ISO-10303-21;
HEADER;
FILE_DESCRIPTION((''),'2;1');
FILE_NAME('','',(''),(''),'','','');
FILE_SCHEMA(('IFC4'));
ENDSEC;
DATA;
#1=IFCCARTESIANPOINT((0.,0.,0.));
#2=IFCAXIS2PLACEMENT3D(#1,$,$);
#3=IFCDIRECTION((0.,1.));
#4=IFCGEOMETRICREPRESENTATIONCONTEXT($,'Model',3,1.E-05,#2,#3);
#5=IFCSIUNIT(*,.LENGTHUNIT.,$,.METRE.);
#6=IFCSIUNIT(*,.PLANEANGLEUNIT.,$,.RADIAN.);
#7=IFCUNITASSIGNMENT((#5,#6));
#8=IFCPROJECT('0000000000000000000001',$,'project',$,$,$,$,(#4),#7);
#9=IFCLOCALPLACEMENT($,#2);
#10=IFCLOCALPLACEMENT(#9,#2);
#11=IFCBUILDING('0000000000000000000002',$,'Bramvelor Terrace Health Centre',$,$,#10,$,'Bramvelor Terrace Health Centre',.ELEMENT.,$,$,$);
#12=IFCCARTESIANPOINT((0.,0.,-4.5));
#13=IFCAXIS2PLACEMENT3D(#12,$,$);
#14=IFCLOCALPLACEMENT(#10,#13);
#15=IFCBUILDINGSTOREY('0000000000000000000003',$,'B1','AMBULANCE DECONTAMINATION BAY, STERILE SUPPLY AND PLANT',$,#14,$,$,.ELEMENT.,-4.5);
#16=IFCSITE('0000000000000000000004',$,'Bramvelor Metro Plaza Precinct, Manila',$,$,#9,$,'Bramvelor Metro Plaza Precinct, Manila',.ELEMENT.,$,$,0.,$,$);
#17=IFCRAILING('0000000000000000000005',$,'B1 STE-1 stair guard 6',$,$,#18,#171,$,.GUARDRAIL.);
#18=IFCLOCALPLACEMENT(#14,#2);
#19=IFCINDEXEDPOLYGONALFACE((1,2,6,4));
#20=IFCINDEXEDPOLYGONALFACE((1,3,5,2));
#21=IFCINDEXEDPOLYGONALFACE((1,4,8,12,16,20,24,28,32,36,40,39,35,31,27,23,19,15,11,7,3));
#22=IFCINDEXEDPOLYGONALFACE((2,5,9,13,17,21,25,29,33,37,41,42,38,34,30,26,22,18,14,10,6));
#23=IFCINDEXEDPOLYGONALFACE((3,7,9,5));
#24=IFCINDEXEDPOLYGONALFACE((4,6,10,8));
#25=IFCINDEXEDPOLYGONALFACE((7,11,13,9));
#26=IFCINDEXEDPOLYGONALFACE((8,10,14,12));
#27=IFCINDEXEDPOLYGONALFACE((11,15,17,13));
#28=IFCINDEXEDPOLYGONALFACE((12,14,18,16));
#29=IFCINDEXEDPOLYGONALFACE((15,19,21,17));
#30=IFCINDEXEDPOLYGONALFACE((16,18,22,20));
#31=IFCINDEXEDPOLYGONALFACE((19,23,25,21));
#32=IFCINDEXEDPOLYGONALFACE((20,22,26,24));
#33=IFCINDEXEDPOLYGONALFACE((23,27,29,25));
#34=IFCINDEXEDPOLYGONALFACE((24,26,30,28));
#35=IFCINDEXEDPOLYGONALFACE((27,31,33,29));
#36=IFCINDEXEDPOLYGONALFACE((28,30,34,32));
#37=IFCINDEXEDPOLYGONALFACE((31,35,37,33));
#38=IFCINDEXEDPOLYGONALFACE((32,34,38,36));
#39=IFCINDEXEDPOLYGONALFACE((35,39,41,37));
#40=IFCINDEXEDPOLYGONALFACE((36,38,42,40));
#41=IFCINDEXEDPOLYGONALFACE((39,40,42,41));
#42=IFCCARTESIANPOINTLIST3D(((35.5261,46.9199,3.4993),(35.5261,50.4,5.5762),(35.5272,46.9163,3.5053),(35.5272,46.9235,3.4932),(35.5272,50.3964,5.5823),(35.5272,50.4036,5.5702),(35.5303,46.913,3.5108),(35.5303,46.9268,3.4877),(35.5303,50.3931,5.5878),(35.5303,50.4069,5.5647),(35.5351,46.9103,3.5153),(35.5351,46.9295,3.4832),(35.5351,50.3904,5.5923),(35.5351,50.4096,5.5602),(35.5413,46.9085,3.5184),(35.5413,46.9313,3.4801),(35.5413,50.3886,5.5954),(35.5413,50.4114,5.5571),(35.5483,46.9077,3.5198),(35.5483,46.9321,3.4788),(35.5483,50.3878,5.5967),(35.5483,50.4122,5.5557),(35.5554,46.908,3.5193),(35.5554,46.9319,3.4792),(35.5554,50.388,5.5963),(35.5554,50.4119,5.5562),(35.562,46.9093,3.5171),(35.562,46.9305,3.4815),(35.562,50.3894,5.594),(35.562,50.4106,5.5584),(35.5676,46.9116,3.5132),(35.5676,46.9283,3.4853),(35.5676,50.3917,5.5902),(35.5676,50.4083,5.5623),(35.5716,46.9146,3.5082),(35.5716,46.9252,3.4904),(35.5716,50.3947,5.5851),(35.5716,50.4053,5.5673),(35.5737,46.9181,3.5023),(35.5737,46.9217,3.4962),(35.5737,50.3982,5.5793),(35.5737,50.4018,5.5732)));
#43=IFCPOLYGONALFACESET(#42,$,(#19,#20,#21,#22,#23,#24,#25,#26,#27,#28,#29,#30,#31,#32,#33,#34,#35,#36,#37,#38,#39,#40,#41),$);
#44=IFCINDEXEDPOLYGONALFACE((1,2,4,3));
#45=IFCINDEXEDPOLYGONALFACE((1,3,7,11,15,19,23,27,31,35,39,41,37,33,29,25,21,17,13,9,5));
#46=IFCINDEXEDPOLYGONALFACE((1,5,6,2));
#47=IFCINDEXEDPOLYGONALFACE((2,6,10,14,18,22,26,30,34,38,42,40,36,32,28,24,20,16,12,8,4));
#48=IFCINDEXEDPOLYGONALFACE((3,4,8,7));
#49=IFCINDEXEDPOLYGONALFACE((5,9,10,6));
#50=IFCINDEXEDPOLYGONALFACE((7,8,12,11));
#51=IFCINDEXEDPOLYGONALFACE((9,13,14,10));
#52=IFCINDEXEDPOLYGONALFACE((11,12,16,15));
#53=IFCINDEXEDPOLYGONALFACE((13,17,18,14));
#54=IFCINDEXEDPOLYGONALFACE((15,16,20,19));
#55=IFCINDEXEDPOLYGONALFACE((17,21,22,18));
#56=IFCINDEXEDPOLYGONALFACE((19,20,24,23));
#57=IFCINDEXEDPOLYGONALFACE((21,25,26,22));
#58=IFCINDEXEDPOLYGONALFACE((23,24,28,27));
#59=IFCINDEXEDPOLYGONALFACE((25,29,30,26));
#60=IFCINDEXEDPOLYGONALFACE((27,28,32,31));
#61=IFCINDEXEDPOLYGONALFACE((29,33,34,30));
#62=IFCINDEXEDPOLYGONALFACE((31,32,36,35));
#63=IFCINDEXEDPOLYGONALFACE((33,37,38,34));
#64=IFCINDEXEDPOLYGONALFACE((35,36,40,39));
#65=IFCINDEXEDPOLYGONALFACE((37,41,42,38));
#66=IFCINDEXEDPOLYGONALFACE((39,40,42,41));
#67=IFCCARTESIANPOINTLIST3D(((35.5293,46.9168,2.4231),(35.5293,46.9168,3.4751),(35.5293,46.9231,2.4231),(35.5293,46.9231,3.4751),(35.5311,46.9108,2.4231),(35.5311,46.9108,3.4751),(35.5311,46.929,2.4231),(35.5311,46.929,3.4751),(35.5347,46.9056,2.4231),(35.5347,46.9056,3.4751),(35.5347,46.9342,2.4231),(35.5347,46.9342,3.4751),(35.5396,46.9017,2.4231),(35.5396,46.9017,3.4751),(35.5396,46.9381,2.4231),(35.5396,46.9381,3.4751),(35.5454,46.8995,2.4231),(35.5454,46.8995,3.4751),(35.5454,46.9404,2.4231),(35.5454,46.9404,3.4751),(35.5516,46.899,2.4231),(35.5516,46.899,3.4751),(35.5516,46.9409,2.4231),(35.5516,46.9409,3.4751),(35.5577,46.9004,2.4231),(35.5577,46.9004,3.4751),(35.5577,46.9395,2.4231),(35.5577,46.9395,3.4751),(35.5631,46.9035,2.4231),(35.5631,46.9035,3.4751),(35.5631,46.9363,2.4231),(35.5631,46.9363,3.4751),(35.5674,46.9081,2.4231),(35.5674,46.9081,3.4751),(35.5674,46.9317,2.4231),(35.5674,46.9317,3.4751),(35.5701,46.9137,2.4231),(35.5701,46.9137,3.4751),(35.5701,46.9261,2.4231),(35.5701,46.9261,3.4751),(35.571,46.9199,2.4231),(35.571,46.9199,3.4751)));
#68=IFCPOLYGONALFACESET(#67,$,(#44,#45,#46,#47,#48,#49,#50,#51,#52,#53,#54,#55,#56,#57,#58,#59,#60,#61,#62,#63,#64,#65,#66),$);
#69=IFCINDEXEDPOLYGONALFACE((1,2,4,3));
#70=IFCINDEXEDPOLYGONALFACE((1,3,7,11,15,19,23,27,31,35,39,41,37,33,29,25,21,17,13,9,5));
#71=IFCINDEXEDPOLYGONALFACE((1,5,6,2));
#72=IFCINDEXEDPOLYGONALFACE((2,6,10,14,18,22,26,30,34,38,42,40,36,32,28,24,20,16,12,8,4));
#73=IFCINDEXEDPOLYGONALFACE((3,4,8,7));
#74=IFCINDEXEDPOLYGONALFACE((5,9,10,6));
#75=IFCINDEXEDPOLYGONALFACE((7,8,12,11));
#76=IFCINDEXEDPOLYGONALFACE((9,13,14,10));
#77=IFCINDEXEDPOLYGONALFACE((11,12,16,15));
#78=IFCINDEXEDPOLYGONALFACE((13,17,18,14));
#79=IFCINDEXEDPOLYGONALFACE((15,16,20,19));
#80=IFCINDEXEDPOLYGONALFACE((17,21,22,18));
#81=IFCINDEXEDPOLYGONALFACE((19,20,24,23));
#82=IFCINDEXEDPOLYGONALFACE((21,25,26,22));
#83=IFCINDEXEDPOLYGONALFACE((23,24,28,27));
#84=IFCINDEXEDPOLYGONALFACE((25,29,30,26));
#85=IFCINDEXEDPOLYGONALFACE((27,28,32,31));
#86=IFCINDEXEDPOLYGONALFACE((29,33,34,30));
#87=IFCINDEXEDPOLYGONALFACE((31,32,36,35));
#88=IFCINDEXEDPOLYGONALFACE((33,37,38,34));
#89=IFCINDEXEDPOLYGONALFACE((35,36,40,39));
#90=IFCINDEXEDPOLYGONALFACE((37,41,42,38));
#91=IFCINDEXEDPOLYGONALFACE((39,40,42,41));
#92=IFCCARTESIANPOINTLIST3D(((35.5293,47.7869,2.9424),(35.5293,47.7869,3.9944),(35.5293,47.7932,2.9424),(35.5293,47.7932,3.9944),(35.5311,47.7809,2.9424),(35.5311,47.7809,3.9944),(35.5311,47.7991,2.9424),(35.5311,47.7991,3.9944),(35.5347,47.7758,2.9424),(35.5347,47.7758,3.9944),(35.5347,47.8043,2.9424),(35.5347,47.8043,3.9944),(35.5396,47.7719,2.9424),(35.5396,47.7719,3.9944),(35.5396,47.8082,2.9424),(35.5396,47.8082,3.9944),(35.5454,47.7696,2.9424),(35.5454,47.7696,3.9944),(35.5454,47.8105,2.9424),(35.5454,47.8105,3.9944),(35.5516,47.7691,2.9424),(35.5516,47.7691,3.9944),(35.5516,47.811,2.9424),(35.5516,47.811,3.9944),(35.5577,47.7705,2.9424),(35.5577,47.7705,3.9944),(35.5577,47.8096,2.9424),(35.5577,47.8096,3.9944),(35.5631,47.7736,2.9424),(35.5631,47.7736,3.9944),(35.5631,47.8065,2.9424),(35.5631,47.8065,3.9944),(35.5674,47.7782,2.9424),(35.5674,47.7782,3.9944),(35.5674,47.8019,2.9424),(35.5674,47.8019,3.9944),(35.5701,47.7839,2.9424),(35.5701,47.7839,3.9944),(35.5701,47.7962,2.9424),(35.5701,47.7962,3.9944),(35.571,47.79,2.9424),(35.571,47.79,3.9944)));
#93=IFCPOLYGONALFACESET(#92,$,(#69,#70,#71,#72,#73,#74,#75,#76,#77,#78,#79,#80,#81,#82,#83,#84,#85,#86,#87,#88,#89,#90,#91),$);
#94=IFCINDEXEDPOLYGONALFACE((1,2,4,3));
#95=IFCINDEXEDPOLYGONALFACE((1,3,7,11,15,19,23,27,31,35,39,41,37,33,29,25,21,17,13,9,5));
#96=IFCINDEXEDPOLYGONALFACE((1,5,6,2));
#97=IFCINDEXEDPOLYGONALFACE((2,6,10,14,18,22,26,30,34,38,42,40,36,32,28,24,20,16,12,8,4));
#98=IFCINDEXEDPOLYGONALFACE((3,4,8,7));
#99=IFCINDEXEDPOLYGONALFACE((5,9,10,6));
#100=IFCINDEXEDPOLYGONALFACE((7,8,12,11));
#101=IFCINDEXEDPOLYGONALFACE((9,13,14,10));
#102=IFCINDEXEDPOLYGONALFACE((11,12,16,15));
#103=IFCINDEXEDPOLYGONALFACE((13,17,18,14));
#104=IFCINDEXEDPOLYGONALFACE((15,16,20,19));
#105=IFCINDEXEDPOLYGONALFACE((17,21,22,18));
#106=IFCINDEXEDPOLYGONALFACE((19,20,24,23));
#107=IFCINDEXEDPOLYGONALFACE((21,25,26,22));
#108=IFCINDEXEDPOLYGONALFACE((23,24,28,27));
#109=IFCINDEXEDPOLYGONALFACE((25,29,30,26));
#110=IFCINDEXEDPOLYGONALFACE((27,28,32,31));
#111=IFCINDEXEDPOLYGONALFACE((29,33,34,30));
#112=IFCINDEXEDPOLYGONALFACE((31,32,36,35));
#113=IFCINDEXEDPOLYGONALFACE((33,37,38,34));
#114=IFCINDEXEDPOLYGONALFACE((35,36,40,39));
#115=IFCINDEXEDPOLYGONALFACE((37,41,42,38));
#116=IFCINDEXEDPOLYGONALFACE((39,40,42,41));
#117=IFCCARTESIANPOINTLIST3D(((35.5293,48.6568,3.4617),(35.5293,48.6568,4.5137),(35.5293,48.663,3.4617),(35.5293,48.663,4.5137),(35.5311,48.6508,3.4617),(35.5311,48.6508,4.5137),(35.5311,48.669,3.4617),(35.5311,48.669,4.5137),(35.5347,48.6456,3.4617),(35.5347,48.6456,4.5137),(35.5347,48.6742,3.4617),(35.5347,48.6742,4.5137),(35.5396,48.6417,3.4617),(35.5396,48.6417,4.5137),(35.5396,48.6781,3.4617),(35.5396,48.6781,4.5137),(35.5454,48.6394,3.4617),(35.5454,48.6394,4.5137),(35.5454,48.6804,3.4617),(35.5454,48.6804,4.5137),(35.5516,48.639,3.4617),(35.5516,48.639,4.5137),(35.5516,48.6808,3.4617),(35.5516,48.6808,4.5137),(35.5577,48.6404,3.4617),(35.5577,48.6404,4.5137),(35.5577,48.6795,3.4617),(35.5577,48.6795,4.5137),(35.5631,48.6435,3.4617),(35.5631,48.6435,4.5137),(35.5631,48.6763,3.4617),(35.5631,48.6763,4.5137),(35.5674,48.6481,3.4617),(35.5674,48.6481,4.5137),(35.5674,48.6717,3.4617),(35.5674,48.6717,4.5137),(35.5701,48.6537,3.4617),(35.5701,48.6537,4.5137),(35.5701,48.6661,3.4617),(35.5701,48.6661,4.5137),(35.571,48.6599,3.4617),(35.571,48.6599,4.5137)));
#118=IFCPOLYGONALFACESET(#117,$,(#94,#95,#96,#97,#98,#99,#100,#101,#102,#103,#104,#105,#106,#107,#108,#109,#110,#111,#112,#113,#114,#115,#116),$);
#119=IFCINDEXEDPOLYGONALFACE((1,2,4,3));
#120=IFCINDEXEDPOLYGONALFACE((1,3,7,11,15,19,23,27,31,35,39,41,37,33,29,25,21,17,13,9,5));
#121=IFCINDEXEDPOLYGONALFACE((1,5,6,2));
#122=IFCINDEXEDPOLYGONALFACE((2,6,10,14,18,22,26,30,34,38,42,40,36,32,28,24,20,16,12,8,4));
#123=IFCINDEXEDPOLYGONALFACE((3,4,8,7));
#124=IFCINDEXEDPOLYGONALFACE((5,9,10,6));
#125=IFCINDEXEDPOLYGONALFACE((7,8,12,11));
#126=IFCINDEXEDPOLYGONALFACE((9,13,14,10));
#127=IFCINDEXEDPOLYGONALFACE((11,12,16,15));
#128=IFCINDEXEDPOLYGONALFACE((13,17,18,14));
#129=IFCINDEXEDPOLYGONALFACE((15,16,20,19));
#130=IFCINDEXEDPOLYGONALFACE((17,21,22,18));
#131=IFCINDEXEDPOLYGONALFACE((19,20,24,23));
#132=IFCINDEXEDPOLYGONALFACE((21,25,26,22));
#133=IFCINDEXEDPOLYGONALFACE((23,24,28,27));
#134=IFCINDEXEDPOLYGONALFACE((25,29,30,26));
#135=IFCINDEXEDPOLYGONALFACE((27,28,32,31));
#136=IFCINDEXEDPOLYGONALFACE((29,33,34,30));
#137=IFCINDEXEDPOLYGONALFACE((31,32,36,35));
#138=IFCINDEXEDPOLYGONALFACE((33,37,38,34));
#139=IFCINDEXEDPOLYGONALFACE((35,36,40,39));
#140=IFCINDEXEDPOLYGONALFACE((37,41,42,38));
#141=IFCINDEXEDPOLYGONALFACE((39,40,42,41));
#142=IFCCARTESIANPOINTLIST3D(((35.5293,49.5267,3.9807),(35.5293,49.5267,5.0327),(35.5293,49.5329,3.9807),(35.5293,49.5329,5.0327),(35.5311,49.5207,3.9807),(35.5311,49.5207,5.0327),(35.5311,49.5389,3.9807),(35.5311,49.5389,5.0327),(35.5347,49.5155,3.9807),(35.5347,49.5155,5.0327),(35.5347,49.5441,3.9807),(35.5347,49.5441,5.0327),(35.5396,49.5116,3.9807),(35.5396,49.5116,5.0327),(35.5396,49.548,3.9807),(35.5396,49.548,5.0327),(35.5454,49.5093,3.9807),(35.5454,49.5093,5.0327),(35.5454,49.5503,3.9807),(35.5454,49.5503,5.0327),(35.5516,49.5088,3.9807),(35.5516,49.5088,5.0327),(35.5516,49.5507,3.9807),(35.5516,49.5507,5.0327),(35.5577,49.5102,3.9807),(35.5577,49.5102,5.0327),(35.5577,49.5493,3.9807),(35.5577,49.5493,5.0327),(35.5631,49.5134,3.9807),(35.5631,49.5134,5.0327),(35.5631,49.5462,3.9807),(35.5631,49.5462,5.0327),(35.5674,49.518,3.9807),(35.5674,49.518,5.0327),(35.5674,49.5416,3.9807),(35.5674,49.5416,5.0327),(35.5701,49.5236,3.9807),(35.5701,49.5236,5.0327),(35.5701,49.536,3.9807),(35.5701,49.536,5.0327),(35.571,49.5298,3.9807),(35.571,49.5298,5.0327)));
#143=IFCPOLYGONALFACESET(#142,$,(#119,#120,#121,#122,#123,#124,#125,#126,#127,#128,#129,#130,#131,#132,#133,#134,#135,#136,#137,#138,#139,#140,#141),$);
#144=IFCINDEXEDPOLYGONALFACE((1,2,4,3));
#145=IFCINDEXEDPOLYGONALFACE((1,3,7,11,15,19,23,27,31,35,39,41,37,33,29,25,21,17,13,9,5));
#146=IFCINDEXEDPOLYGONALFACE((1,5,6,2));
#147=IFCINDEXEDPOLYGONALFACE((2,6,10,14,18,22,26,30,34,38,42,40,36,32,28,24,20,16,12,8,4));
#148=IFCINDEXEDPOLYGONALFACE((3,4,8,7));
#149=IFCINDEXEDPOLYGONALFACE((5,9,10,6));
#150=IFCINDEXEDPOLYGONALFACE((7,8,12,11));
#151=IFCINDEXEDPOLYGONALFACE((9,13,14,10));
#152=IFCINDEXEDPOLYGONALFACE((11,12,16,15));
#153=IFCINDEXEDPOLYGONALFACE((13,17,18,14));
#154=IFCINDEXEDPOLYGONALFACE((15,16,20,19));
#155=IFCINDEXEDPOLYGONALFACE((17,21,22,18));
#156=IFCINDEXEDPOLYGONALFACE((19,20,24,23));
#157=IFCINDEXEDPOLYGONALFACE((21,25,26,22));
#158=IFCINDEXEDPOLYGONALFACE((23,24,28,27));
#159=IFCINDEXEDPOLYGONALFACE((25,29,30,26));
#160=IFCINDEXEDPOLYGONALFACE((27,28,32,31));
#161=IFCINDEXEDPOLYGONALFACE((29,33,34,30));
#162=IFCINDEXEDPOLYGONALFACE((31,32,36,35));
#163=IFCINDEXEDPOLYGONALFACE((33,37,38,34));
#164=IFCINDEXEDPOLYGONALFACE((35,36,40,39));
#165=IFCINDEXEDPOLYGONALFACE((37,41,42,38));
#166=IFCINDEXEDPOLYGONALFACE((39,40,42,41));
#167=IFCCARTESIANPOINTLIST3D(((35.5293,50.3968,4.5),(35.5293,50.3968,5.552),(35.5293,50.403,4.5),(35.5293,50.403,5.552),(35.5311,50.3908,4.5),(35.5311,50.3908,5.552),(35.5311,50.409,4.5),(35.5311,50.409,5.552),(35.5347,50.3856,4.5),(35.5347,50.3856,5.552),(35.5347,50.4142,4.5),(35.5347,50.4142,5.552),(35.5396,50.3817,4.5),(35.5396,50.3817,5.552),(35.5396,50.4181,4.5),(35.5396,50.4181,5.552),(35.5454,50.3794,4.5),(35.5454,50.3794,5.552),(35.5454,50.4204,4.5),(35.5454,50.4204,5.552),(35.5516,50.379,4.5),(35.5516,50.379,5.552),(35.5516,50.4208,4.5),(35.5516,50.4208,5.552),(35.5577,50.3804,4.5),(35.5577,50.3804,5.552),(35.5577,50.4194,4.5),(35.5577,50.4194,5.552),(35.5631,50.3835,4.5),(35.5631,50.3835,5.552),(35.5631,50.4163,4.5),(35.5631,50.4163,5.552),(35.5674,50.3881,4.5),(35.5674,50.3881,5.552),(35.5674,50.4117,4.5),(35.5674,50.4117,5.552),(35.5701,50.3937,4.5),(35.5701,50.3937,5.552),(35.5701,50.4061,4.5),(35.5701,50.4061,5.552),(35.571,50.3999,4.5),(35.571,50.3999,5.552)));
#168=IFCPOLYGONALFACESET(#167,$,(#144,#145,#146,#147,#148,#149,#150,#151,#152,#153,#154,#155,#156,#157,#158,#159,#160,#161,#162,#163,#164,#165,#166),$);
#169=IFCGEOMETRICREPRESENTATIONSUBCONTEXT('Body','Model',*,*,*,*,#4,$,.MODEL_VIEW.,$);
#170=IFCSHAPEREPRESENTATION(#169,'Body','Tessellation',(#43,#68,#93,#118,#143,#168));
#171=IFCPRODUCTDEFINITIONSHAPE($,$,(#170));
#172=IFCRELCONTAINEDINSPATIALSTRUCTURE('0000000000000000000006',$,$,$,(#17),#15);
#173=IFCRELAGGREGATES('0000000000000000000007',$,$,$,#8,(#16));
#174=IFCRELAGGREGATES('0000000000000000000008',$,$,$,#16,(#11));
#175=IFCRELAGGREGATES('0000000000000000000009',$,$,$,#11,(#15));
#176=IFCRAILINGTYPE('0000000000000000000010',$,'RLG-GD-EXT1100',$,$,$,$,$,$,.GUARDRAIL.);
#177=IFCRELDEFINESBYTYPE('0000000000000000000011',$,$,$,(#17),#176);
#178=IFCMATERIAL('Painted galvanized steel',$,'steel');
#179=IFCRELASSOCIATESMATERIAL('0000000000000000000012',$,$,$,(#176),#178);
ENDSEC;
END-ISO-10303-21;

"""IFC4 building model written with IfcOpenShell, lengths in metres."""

from ifc_helpers import new_model, si_unit, direction, frame, origin, origin_2d, place, context, subcontext, project, spatial, circle, extrude, material, type_object, element, save


model = new_model("IFC4")

# Units and contexts
model_context = context("Model", 3, precision=1e-05, world=origin(), true_north=direction((0.0, 1.0)))
body_context = subcontext(model_context, "Body", "Model", "MODEL_VIEW")
ifc_project = project(units=[si_unit("LENGTHUNIT", "METRE"), si_unit("PLANEANGLEUNIT", "RADIAN")], contexts=[model_context])

# Site, building, storey
site_placement = place(None, origin())
site = spatial("IfcSite", under=ifc_project, at=site_placement, Name="Bramvelor Metro Plaza Precinct, Manila", LongName="Bramvelor Metro Plaza Precinct, Manila", CompositionType="ELEMENT", RefElevation=0.0)
building_placement = place(site_placement, origin())
building = spatial("IfcBuilding", under=site, at=building_placement, Name="Bramvelor Terrace Health Centre", LongName="Bramvelor Terrace Health Centre", CompositionType="ELEMENT")
storey_placement = place(building_placement, frame((0.0, 0.0, -4.5)))
storey = spatial("IfcBuildingStorey", under=building, at=storey_placement, Name="B1", Description="AMBULANCE DECONTAMINATION BAY, STERILE SUPPLY AND PLANT", CompositionType="ELEMENT", Elevation=-4.5)

# Railing
ifc_material_1 = material(Name="Painted galvanized steel", Category="steel")
railing_type_1 = type_object("IfcRailingType", Name="RLG-GD-EXT1100", PredefinedType="GUARDRAIL", material=ifc_material_1)
railing_1_placement = place(storey_placement, frame((35.55, 46.9199, 2.4231)))
element("IfcRailing", 1, at=railing_1_placement, inside=storey, type_object=railing_type_1, Name="B1 STE-1 stair guard 6", PredefinedType="GUARDRAIL", context=body_context, shape_type="SweptSolid", body=[
    extrude(circle(Radius=0.0239, at=origin_2d()), frame((0.0, 0.0, 1.0762), z_axis=(0.0, 0.858697, 0.512483), x_axis=(-1.0, 0.0, 0.0)), (0.0, 0.0, 1.0), 4.0527),
    extrude(circle(Radius=0.021, at=origin_2d()), origin(), (0.0, 0.0, 1.0), 1.052),
    extrude(circle(Radius=0.021, at=origin_2d()), frame((0.0, 0.8701, 0.5193)), (0.0, 0.0, 1.0), 1.052),
    extrude(circle(Radius=0.021, at=origin_2d()), frame((0.0, 1.74, 1.0386)), (0.0, 0.0, 1.0), 1.052),
    extrude(circle(Radius=0.021, at=origin_2d()), frame((0.0, 2.6099, 1.5576)), (0.0, 0.0, 1.0), 1.052),
    extrude(circle(Radius=0.021, at=origin_2d()), frame((0.0, 3.48, 2.0769)), (0.0, 0.0, 1.0), 1.052),
])

save(model, "model.ifc")
